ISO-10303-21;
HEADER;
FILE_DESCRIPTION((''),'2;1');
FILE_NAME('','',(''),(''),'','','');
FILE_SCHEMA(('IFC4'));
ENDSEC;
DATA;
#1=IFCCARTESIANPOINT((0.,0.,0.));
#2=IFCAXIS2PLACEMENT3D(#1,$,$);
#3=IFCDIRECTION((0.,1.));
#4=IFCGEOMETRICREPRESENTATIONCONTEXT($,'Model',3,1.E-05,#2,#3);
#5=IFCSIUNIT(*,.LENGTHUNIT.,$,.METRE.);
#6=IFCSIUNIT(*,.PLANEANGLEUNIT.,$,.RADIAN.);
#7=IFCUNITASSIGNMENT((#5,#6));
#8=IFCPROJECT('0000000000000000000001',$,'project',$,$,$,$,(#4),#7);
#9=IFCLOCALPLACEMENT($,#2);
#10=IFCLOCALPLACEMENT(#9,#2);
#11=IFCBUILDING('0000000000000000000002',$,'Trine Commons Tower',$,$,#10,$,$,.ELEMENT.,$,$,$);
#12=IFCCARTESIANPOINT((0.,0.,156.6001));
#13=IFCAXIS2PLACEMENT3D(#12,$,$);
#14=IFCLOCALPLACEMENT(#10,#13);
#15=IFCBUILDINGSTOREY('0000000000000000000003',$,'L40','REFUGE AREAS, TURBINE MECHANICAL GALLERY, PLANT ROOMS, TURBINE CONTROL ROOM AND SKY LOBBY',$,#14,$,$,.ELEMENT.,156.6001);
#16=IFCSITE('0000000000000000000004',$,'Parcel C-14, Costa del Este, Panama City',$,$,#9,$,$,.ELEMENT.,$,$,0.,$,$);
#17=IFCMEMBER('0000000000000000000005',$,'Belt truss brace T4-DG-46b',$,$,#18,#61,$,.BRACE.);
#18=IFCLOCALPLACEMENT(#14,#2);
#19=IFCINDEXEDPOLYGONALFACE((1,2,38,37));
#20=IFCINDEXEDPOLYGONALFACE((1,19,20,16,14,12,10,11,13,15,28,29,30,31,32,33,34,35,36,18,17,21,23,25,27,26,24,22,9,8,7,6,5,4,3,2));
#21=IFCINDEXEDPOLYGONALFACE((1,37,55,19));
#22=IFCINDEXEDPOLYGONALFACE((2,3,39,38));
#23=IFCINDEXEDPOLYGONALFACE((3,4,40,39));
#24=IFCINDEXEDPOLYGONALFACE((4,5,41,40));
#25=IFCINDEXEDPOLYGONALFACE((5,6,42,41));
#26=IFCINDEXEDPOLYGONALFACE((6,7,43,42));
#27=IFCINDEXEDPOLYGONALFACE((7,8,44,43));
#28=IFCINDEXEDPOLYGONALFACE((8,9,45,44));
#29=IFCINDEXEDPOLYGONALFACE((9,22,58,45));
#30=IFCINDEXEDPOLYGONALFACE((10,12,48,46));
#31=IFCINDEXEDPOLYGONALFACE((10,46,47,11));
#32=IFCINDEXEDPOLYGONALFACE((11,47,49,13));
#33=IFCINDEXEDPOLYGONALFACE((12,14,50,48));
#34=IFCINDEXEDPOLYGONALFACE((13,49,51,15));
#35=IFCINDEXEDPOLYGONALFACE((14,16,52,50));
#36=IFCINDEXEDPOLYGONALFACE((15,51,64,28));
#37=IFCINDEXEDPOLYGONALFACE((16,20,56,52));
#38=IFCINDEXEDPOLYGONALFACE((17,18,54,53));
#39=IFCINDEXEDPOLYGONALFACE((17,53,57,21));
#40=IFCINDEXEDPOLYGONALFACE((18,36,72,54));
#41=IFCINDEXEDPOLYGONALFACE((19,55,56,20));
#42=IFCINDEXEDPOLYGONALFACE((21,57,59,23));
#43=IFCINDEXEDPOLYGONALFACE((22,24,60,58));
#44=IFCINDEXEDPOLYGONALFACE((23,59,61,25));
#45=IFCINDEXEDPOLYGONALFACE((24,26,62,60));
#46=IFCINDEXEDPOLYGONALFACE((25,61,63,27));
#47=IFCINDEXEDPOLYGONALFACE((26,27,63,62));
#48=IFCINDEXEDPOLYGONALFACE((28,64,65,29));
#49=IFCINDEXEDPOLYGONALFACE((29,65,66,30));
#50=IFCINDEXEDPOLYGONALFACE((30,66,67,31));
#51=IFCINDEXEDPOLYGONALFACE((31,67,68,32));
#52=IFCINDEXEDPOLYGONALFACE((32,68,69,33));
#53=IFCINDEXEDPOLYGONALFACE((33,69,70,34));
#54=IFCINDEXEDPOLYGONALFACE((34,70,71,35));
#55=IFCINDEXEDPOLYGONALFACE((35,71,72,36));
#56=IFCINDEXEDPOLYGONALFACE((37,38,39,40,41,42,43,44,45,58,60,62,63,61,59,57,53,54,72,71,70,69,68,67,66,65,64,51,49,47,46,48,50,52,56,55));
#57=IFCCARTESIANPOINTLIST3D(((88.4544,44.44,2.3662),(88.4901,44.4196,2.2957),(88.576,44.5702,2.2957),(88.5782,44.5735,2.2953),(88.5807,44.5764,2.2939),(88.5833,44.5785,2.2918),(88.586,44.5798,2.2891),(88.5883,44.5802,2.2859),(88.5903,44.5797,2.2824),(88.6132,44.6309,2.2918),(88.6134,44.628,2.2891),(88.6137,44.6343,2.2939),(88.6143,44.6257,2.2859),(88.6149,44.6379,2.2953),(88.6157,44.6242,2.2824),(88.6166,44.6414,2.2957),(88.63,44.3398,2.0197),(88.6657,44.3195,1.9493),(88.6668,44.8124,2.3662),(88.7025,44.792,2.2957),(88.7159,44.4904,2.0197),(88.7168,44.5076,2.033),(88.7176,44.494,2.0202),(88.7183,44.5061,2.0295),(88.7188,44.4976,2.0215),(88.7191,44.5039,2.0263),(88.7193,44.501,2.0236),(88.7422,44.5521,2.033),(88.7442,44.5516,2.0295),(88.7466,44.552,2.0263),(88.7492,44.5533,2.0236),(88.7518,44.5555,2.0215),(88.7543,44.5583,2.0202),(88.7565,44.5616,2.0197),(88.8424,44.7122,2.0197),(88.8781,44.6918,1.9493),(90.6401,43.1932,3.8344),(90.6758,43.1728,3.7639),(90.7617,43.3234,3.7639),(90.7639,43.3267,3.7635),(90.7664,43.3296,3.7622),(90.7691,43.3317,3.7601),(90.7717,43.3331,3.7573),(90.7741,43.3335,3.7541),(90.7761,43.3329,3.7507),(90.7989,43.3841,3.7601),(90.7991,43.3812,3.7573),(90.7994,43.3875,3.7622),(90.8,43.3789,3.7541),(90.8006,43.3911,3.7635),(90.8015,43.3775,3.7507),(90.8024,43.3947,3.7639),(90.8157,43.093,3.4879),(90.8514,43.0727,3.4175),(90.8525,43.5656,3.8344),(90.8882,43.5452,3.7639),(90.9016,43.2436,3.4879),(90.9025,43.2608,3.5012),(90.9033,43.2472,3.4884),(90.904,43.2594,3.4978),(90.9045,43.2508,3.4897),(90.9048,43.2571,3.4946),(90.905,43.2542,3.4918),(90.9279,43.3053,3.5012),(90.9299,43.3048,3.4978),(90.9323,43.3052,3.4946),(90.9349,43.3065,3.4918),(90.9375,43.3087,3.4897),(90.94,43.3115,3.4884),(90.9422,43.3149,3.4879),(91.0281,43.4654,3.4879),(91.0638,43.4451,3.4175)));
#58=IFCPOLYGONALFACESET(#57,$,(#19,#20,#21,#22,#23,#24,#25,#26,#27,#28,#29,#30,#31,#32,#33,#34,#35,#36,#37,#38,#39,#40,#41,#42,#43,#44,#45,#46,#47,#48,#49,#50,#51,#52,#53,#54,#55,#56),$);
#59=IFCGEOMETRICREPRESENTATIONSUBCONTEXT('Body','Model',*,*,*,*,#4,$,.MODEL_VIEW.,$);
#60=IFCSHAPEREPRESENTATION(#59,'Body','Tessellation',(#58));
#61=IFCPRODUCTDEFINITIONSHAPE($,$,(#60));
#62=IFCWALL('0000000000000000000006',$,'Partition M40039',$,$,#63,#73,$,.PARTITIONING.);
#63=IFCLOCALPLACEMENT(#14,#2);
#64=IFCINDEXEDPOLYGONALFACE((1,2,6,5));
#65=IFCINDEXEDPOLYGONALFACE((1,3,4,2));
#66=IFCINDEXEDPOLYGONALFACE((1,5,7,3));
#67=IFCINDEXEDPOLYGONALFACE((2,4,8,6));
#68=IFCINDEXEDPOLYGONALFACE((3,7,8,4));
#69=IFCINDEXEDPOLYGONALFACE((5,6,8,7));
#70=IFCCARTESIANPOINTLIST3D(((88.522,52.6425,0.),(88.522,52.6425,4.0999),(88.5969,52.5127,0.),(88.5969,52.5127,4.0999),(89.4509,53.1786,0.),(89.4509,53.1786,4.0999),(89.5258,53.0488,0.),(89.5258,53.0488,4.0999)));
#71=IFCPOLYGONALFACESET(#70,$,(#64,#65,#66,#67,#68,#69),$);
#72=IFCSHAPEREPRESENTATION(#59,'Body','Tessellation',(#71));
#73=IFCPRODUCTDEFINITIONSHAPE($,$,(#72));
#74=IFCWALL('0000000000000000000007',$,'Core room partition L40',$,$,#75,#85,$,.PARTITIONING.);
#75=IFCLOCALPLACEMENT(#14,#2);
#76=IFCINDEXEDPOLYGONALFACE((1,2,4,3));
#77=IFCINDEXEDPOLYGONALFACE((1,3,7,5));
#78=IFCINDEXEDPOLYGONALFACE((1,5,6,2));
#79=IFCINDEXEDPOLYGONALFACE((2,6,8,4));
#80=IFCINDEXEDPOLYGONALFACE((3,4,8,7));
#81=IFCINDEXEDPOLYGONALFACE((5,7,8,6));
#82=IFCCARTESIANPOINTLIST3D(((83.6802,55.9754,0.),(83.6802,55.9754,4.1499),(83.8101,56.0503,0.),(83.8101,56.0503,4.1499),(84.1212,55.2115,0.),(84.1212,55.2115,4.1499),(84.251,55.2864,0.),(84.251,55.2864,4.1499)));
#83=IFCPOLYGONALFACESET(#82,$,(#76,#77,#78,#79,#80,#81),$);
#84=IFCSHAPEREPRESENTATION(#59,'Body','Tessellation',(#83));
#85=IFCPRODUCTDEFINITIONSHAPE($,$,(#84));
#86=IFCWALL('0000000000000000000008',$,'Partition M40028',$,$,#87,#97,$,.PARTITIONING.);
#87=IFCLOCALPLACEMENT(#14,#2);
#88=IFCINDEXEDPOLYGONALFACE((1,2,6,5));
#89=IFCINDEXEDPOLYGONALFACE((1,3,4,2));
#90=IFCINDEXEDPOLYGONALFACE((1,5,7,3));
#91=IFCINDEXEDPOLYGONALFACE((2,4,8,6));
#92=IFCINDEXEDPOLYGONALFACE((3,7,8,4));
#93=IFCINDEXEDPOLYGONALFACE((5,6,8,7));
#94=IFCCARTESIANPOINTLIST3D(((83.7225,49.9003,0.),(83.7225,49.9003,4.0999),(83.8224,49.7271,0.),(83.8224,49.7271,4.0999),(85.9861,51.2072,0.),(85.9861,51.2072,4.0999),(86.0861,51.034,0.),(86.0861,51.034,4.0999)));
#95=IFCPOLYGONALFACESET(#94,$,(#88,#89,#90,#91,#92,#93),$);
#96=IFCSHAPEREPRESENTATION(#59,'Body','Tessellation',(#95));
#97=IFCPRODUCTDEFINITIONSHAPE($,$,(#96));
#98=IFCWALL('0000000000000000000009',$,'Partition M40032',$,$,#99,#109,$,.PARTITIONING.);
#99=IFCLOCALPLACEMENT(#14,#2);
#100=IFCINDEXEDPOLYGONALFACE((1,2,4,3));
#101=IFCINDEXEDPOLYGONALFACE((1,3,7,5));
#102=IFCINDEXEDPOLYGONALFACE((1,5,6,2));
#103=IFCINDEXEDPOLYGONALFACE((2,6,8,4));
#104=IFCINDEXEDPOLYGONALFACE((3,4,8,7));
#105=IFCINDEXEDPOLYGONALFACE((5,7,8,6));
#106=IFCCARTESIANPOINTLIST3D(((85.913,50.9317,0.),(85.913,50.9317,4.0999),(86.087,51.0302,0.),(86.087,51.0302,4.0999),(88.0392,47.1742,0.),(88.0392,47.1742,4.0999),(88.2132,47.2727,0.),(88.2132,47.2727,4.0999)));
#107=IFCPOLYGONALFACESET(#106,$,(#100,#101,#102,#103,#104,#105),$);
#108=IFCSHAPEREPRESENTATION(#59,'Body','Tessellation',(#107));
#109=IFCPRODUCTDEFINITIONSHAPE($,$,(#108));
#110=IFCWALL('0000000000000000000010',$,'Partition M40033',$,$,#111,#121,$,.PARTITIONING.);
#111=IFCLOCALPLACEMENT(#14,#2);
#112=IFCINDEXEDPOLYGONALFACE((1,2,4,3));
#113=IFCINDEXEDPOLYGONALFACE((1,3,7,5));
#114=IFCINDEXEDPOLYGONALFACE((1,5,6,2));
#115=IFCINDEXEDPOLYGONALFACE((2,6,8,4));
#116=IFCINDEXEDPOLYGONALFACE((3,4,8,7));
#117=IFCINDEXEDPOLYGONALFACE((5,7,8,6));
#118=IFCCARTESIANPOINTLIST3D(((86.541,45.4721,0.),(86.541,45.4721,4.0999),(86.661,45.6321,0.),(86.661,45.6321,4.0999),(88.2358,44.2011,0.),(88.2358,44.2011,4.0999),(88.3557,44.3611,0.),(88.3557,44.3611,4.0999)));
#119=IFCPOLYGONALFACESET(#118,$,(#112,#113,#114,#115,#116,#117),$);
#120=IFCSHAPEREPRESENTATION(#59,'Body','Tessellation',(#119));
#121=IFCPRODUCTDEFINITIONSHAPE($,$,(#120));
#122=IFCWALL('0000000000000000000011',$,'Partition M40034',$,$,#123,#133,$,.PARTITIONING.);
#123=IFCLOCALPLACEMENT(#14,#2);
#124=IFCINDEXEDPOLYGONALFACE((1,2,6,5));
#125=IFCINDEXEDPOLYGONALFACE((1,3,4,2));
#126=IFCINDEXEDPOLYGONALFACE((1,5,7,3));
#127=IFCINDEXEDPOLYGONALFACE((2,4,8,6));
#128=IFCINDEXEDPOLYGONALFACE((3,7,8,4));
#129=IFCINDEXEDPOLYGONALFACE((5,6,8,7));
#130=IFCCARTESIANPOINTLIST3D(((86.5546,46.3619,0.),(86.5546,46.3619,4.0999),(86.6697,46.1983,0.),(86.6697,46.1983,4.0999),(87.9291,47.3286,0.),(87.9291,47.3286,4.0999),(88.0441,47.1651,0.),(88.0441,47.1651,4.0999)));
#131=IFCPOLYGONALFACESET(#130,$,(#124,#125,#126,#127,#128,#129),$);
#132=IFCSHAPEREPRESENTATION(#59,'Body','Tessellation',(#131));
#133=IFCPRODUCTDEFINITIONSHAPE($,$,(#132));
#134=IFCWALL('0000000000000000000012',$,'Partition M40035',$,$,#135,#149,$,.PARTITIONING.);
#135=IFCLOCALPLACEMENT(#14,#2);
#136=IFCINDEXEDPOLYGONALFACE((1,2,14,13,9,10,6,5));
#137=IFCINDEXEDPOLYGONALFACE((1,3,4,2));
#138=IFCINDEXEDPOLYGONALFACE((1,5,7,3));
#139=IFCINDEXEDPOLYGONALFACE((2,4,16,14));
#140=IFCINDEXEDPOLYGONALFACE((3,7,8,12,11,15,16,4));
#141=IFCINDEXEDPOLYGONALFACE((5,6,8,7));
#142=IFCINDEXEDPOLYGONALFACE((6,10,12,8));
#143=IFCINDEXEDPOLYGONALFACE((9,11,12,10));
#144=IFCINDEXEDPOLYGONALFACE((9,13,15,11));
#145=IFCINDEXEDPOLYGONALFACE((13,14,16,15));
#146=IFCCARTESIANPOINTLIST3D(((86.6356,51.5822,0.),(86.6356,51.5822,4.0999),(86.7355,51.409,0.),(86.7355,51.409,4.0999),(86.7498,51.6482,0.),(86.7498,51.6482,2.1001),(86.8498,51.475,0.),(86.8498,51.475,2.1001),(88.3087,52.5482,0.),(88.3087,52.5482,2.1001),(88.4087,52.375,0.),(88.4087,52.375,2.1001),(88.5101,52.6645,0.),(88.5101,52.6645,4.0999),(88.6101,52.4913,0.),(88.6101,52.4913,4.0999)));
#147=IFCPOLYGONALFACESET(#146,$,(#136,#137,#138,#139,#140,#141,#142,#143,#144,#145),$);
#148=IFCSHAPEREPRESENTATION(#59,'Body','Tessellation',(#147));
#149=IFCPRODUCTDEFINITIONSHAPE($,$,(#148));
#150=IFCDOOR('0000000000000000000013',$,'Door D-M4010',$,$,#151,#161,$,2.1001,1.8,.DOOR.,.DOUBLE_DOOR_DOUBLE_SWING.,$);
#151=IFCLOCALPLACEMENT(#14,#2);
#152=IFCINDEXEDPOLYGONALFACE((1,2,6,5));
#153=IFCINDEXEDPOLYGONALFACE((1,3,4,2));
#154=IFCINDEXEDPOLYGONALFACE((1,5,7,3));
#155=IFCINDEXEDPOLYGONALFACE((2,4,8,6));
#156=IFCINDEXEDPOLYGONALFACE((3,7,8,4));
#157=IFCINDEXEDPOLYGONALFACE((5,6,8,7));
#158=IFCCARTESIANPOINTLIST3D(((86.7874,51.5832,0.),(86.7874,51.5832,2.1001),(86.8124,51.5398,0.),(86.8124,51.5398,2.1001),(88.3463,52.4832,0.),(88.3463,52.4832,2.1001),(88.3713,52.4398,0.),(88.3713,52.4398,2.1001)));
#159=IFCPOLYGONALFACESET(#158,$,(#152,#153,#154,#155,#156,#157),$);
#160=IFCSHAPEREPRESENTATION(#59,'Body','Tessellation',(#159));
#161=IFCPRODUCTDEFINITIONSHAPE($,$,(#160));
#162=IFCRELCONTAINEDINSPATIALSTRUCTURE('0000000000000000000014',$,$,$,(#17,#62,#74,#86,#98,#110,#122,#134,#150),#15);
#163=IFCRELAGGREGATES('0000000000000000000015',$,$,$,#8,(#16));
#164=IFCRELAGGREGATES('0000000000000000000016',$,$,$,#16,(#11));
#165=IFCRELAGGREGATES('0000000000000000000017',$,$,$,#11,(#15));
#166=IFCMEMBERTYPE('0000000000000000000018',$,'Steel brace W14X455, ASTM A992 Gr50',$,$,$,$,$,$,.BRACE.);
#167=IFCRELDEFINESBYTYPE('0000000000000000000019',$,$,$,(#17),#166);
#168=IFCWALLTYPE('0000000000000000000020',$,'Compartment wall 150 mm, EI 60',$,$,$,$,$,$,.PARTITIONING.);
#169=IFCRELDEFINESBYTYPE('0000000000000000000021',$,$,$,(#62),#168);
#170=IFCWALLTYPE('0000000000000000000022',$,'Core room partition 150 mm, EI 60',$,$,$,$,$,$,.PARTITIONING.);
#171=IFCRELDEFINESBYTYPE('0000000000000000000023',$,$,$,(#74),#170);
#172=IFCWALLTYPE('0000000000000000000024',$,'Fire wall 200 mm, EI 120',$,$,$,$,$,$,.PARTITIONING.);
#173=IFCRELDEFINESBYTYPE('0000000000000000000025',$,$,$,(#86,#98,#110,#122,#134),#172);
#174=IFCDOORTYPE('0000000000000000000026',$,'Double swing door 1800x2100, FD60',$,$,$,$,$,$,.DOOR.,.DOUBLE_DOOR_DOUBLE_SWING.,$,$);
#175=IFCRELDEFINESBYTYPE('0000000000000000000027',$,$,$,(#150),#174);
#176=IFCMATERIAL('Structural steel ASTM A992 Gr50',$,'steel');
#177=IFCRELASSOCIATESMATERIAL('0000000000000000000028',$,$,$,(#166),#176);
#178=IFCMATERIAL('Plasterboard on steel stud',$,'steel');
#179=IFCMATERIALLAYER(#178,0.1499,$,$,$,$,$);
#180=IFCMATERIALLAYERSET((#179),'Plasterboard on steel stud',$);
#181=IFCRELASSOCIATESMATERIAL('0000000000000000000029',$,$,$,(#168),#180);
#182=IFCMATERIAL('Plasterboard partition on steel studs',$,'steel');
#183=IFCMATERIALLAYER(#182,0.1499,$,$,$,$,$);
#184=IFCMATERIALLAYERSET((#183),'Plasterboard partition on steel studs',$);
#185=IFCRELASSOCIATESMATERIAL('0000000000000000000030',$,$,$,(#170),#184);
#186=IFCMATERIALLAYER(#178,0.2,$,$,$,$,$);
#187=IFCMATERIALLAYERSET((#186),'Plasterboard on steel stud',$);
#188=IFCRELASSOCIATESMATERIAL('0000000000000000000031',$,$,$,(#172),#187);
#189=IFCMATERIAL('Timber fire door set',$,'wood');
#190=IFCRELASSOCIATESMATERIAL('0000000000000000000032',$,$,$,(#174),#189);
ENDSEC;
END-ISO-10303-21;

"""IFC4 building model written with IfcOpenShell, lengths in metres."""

from ifc_helpers import new_model, si_unit, direction, frame, frame_2d, origin, origin_2d, place, context, subcontext, project, spatial, rectangle, i_section, extrude, material, layer, layer_set, material_profile, profile_set, type_object, element, fill, save


model = new_model("IFC4")

# Units and contexts
model_context = context("Model", 3, precision=1e-05, world=origin(), true_north=direction((0.0, 1.0)))
body_context = subcontext(model_context, "Body", "Model", "MODEL_VIEW")
ifc_project = project(units=[si_unit("LENGTHUNIT", "METRE"), si_unit("PLANEANGLEUNIT", "RADIAN")], contexts=[model_context])

# Site, building, storey
site_placement = place(None, origin())
site = spatial("IfcSite", under=ifc_project, at=site_placement, Name="Parcel C-14, Costa del Este, Panama City", CompositionType="ELEMENT", RefElevation=0.0)
building_placement = place(site_placement, origin())
building = spatial("IfcBuilding", under=site, at=building_placement, Name="Trine Commons Tower", CompositionType="ELEMENT")
storey_placement = place(building_placement, frame((0.0, 0.0, 156.6001)))
storey = spatial("IfcBuildingStorey", under=building, at=storey_placement, Name="L40", Description="REFUGE AREAS, TURBINE MECHANICAL GALLERY, PLANT ROOMS, TURBINE CONTROL ROOM AND SKY LOBBY", CompositionType="ELEMENT", Elevation=156.6001)

# Shared definitions
ifc_material_1 = material(Name="Structural steel ASTM A992 Gr50", Category="steel")

# Member
ifc_material_profile_1 = material_profile(ifc_material_1, i_section(OverallWidth=0.4287, OverallDepth=0.4827, WebThickness=0.0513, FlangeThickness=0.0815, FilletRadius=0.0154, at=origin_2d()), Name="W14X455")
ifc_profile_set_1 = profile_set([ifc_material_profile_1], Name="Structural steel ASTM A992 Gr50")
member_type = type_object("IfcMemberType", Name="Steel brace W14X455, ASTM A992 Gr50", PredefinedType="BRACE", material=ifc_profile_set_1)
member_1_placement = place(storey_placement, frame((88.6663, 44.5659, 2.1577), z_axis=(0.750248, -0.427959, 0.503964), x_axis=(0.495481, 0.868619, 0.0)))
element("IfcMember", 1, at=member_1_placement, inside=storey, type_object=member_type, Name="Belt truss brace T4-DG-46b", PredefinedType="BRACE", context=body_context, shape_type="SweptSolid", body=[
    extrude(i_section(OverallWidth=0.4287, OverallDepth=0.4827, WebThickness=0.0513, FlangeThickness=0.0815, FilletRadius=0.0154, at=origin_2d()), origin(), (0.0, 0.0, 1.0), 2.9133),
])

# Walls
ifc_material_2 = material(Name="Plasterboard on steel stud", Category="steel")
ifc_layer_1 = layer(ifc_material_2, 0.1499)
ifc_layer_set_1 = layer_set([ifc_layer_1], Name="Plasterboard on steel stud")
wall_type_1 = type_object("IfcWallType", Name="Compartment wall 150 mm, EI 60", PredefinedType="PARTITIONING", material=ifc_layer_set_1)
wall_1_placement = place(storey_placement, frame((88.5596, 52.5776, 0.0), z_axis=(0.0, 0.0, 1.0), x_axis=(0.866106, 0.49986, 0.0)))
element("IfcWall", 2, at=wall_1_placement, inside=storey, type_object=wall_type_1, Name="Partition M40039", PredefinedType="PARTITIONING", context=body_context, shape_type="SweptSolid", body=[
    extrude(rectangle(XDim=1.0725, YDim=0.1499, at=frame_2d((0.5361, 0.0))), origin(), (0.0, 0.0, 1.0), 4.0999),
])
ifc_material_3 = material(Name="Plasterboard partition on steel studs", Category="steel")
ifc_layer_2 = layer(ifc_material_3, 0.1499)
ifc_layer_set_2 = layer_set([ifc_layer_2], Name="Plasterboard partition on steel studs")
wall_type_2 = type_object("IfcWallType", Name="Core room partition 150 mm, EI 60", PredefinedType="PARTITIONING", material=ifc_layer_set_2)
wall_2_placement = place(storey_placement, frame((84.186, 55.249, 0.0), z_axis=(0.0, 0.0, 1.0), x_axis=(-0.49989, 0.866089, 0.0)))
element("IfcWall", 3, at=wall_2_placement, inside=storey, type_object=wall_type_2, Name="Core room partition L40", PredefinedType="PARTITIONING", context=body_context, shape_type="SweptSolid", body=[
    extrude(rectangle(XDim=0.8821, YDim=0.1499, at=frame_2d((0.4409, 0.0))), origin(), (0.0, 0.0, 1.0), 4.1499),
])
ifc_layer_3 = layer(ifc_material_2, 0.2)
ifc_layer_set_3 = layer_set([ifc_layer_3], Name="Plasterboard on steel stud")
wall_type_3 = type_object("IfcWallType", Name="Fire wall 200 mm, EI 120", PredefinedType="PARTITIONING", material=ifc_layer_set_3)
wall_3_placement = place(storey_placement, frame((83.7725, 49.8137, 0.0), z_axis=(0.0, 0.0, 1.0), x_axis=(0.866033, 0.499987, 0.0)))
element("IfcWall", 4, at=wall_3_placement, inside=storey, type_object=wall_type_3, Name="Partition M40028", PredefinedType="PARTITIONING", context=body_context, shape_type="SweptSolid", body=[
    extrude(rectangle(XDim=2.6138, YDim=0.2, at=frame_2d((1.3069, 0.0))), origin(), (0.0, 0.0, 1.0), 4.0999),
])
wall_4_placement = place(storey_placement, frame((86.0, 50.981, 0.0), z_axis=(0.0, 0.0, 1.0), x_axis=(0.492475, -0.870327, 0.0)))
element("IfcWall", 5, at=wall_4_placement, inside=storey, type_object=wall_type_3, Name="Partition M40032", PredefinedType="PARTITIONING", context=body_context, shape_type="SweptSolid", body=[
    extrude(rectangle(XDim=4.3174, YDim=0.2, at=frame_2d((2.1587, 0.0))), origin(), (0.0, 0.0, 1.0), 4.0999),
])
wall_5_placement = place(storey_placement, frame((86.6011, 45.552, 0.0), z_axis=(0.0, 0.0, 1.0), x_axis=(0.800028, -0.599963, 0.0)))
element("IfcWall", 6, at=wall_5_placement, inside=storey, type_object=wall_type_3, Name="Partition M40033", PredefinedType="PARTITIONING", context=body_context, shape_type="SweptSolid", body=[
    extrude(rectangle(XDim=2.1184, YDim=0.2, at=frame_2d((1.0591, 0.0))), origin(), (0.0, 0.0, 1.0), 4.0999),
])
wall_6_placement = place(storey_placement, frame((86.6121, 46.28, 0.0), z_axis=(0.0, 0.0, 1.0), x_axis=(0.817933, 0.575313, 0.0)))
element("IfcWall", 7, at=wall_6_placement, inside=storey, type_object=wall_type_3, Name="Partition M40034", PredefinedType="PARTITIONING", context=body_context, shape_type="SweptSolid", body=[
    extrude(rectangle(XDim=1.6804, YDim=0.2, at=frame_2d((0.8403, 0.0))), origin(), (0.0, 0.0, 1.0), 4.0999),
])

# Wall, opening, door
wall_7_placement = place(storey_placement, frame((86.6855, 51.4956, 0.0), z_axis=(0.0, 0.0, 1.0), x_axis=(0.86602, 0.500009, 0.0)))
wall_7 = element("IfcWall", 8, at=wall_7_placement, inside=storey, type_object=wall_type_3, Name="Partition M40035", PredefinedType="PARTITIONING", context=body_context, shape_type="SweptSolid", body=[
    extrude(rectangle(XDim=2.1646, YDim=0.2, at=frame_2d((1.0823, 0.0))), origin(), (0.0, 0.0, 1.0), 4.0999),
])
opening_1_placement = place(wall_7_placement, frame((0.1321, 0.0, 0.0)))
opening_1 = element("IfcOpeningElement", 9, at=opening_1_placement, cuts=wall_7, PredefinedType="OPENING", context=body_context, shape_type="SweptSolid", body=[
    extrude(rectangle(XDim=1.8, YDim=2.1001, at=frame_2d((0.8999, 1.05))), frame((0.0, 0.1099, 0.0), z_axis=(0.0, -1.0, 0.0), x_axis=(1.0, 0.0, 0.0)), (0.0, 0.0, 1.0), 0.22),
])
ifc_material_4 = material(Name="Timber fire door set", Category="wood")
door_type_1 = type_object("IfcDoorType", Name="Double swing door 1800x2100, FD60", OperationType="DOUBLE_DOOR_DOUBLE_SWING", PredefinedType="DOOR", material=ifc_material_4)
door_1_placement = place(opening_1_placement, origin())
door_1 = element("IfcDoor", 10, at=door_1_placement, inside=storey, type_object=door_type_1, Name="Door D-M4010", OperationType="DOUBLE_DOOR_DOUBLE_SWING", OverallHeight=2.1001, OverallWidth=1.8, PredefinedType="DOOR", context=body_context, shape_type="SweptSolid", body=[
    extrude(rectangle(XDim=1.8, YDim=2.1001, at=frame_2d((0.8999, 1.05))), frame((0.0, 0.0249, 0.0), z_axis=(0.0, -1.0, 0.0), x_axis=(1.0, 0.0, 0.0)), (0.0, 0.0, 1.0), 0.05),
])
fill(opening_1, door_1)

save(model, "model.ifc")
